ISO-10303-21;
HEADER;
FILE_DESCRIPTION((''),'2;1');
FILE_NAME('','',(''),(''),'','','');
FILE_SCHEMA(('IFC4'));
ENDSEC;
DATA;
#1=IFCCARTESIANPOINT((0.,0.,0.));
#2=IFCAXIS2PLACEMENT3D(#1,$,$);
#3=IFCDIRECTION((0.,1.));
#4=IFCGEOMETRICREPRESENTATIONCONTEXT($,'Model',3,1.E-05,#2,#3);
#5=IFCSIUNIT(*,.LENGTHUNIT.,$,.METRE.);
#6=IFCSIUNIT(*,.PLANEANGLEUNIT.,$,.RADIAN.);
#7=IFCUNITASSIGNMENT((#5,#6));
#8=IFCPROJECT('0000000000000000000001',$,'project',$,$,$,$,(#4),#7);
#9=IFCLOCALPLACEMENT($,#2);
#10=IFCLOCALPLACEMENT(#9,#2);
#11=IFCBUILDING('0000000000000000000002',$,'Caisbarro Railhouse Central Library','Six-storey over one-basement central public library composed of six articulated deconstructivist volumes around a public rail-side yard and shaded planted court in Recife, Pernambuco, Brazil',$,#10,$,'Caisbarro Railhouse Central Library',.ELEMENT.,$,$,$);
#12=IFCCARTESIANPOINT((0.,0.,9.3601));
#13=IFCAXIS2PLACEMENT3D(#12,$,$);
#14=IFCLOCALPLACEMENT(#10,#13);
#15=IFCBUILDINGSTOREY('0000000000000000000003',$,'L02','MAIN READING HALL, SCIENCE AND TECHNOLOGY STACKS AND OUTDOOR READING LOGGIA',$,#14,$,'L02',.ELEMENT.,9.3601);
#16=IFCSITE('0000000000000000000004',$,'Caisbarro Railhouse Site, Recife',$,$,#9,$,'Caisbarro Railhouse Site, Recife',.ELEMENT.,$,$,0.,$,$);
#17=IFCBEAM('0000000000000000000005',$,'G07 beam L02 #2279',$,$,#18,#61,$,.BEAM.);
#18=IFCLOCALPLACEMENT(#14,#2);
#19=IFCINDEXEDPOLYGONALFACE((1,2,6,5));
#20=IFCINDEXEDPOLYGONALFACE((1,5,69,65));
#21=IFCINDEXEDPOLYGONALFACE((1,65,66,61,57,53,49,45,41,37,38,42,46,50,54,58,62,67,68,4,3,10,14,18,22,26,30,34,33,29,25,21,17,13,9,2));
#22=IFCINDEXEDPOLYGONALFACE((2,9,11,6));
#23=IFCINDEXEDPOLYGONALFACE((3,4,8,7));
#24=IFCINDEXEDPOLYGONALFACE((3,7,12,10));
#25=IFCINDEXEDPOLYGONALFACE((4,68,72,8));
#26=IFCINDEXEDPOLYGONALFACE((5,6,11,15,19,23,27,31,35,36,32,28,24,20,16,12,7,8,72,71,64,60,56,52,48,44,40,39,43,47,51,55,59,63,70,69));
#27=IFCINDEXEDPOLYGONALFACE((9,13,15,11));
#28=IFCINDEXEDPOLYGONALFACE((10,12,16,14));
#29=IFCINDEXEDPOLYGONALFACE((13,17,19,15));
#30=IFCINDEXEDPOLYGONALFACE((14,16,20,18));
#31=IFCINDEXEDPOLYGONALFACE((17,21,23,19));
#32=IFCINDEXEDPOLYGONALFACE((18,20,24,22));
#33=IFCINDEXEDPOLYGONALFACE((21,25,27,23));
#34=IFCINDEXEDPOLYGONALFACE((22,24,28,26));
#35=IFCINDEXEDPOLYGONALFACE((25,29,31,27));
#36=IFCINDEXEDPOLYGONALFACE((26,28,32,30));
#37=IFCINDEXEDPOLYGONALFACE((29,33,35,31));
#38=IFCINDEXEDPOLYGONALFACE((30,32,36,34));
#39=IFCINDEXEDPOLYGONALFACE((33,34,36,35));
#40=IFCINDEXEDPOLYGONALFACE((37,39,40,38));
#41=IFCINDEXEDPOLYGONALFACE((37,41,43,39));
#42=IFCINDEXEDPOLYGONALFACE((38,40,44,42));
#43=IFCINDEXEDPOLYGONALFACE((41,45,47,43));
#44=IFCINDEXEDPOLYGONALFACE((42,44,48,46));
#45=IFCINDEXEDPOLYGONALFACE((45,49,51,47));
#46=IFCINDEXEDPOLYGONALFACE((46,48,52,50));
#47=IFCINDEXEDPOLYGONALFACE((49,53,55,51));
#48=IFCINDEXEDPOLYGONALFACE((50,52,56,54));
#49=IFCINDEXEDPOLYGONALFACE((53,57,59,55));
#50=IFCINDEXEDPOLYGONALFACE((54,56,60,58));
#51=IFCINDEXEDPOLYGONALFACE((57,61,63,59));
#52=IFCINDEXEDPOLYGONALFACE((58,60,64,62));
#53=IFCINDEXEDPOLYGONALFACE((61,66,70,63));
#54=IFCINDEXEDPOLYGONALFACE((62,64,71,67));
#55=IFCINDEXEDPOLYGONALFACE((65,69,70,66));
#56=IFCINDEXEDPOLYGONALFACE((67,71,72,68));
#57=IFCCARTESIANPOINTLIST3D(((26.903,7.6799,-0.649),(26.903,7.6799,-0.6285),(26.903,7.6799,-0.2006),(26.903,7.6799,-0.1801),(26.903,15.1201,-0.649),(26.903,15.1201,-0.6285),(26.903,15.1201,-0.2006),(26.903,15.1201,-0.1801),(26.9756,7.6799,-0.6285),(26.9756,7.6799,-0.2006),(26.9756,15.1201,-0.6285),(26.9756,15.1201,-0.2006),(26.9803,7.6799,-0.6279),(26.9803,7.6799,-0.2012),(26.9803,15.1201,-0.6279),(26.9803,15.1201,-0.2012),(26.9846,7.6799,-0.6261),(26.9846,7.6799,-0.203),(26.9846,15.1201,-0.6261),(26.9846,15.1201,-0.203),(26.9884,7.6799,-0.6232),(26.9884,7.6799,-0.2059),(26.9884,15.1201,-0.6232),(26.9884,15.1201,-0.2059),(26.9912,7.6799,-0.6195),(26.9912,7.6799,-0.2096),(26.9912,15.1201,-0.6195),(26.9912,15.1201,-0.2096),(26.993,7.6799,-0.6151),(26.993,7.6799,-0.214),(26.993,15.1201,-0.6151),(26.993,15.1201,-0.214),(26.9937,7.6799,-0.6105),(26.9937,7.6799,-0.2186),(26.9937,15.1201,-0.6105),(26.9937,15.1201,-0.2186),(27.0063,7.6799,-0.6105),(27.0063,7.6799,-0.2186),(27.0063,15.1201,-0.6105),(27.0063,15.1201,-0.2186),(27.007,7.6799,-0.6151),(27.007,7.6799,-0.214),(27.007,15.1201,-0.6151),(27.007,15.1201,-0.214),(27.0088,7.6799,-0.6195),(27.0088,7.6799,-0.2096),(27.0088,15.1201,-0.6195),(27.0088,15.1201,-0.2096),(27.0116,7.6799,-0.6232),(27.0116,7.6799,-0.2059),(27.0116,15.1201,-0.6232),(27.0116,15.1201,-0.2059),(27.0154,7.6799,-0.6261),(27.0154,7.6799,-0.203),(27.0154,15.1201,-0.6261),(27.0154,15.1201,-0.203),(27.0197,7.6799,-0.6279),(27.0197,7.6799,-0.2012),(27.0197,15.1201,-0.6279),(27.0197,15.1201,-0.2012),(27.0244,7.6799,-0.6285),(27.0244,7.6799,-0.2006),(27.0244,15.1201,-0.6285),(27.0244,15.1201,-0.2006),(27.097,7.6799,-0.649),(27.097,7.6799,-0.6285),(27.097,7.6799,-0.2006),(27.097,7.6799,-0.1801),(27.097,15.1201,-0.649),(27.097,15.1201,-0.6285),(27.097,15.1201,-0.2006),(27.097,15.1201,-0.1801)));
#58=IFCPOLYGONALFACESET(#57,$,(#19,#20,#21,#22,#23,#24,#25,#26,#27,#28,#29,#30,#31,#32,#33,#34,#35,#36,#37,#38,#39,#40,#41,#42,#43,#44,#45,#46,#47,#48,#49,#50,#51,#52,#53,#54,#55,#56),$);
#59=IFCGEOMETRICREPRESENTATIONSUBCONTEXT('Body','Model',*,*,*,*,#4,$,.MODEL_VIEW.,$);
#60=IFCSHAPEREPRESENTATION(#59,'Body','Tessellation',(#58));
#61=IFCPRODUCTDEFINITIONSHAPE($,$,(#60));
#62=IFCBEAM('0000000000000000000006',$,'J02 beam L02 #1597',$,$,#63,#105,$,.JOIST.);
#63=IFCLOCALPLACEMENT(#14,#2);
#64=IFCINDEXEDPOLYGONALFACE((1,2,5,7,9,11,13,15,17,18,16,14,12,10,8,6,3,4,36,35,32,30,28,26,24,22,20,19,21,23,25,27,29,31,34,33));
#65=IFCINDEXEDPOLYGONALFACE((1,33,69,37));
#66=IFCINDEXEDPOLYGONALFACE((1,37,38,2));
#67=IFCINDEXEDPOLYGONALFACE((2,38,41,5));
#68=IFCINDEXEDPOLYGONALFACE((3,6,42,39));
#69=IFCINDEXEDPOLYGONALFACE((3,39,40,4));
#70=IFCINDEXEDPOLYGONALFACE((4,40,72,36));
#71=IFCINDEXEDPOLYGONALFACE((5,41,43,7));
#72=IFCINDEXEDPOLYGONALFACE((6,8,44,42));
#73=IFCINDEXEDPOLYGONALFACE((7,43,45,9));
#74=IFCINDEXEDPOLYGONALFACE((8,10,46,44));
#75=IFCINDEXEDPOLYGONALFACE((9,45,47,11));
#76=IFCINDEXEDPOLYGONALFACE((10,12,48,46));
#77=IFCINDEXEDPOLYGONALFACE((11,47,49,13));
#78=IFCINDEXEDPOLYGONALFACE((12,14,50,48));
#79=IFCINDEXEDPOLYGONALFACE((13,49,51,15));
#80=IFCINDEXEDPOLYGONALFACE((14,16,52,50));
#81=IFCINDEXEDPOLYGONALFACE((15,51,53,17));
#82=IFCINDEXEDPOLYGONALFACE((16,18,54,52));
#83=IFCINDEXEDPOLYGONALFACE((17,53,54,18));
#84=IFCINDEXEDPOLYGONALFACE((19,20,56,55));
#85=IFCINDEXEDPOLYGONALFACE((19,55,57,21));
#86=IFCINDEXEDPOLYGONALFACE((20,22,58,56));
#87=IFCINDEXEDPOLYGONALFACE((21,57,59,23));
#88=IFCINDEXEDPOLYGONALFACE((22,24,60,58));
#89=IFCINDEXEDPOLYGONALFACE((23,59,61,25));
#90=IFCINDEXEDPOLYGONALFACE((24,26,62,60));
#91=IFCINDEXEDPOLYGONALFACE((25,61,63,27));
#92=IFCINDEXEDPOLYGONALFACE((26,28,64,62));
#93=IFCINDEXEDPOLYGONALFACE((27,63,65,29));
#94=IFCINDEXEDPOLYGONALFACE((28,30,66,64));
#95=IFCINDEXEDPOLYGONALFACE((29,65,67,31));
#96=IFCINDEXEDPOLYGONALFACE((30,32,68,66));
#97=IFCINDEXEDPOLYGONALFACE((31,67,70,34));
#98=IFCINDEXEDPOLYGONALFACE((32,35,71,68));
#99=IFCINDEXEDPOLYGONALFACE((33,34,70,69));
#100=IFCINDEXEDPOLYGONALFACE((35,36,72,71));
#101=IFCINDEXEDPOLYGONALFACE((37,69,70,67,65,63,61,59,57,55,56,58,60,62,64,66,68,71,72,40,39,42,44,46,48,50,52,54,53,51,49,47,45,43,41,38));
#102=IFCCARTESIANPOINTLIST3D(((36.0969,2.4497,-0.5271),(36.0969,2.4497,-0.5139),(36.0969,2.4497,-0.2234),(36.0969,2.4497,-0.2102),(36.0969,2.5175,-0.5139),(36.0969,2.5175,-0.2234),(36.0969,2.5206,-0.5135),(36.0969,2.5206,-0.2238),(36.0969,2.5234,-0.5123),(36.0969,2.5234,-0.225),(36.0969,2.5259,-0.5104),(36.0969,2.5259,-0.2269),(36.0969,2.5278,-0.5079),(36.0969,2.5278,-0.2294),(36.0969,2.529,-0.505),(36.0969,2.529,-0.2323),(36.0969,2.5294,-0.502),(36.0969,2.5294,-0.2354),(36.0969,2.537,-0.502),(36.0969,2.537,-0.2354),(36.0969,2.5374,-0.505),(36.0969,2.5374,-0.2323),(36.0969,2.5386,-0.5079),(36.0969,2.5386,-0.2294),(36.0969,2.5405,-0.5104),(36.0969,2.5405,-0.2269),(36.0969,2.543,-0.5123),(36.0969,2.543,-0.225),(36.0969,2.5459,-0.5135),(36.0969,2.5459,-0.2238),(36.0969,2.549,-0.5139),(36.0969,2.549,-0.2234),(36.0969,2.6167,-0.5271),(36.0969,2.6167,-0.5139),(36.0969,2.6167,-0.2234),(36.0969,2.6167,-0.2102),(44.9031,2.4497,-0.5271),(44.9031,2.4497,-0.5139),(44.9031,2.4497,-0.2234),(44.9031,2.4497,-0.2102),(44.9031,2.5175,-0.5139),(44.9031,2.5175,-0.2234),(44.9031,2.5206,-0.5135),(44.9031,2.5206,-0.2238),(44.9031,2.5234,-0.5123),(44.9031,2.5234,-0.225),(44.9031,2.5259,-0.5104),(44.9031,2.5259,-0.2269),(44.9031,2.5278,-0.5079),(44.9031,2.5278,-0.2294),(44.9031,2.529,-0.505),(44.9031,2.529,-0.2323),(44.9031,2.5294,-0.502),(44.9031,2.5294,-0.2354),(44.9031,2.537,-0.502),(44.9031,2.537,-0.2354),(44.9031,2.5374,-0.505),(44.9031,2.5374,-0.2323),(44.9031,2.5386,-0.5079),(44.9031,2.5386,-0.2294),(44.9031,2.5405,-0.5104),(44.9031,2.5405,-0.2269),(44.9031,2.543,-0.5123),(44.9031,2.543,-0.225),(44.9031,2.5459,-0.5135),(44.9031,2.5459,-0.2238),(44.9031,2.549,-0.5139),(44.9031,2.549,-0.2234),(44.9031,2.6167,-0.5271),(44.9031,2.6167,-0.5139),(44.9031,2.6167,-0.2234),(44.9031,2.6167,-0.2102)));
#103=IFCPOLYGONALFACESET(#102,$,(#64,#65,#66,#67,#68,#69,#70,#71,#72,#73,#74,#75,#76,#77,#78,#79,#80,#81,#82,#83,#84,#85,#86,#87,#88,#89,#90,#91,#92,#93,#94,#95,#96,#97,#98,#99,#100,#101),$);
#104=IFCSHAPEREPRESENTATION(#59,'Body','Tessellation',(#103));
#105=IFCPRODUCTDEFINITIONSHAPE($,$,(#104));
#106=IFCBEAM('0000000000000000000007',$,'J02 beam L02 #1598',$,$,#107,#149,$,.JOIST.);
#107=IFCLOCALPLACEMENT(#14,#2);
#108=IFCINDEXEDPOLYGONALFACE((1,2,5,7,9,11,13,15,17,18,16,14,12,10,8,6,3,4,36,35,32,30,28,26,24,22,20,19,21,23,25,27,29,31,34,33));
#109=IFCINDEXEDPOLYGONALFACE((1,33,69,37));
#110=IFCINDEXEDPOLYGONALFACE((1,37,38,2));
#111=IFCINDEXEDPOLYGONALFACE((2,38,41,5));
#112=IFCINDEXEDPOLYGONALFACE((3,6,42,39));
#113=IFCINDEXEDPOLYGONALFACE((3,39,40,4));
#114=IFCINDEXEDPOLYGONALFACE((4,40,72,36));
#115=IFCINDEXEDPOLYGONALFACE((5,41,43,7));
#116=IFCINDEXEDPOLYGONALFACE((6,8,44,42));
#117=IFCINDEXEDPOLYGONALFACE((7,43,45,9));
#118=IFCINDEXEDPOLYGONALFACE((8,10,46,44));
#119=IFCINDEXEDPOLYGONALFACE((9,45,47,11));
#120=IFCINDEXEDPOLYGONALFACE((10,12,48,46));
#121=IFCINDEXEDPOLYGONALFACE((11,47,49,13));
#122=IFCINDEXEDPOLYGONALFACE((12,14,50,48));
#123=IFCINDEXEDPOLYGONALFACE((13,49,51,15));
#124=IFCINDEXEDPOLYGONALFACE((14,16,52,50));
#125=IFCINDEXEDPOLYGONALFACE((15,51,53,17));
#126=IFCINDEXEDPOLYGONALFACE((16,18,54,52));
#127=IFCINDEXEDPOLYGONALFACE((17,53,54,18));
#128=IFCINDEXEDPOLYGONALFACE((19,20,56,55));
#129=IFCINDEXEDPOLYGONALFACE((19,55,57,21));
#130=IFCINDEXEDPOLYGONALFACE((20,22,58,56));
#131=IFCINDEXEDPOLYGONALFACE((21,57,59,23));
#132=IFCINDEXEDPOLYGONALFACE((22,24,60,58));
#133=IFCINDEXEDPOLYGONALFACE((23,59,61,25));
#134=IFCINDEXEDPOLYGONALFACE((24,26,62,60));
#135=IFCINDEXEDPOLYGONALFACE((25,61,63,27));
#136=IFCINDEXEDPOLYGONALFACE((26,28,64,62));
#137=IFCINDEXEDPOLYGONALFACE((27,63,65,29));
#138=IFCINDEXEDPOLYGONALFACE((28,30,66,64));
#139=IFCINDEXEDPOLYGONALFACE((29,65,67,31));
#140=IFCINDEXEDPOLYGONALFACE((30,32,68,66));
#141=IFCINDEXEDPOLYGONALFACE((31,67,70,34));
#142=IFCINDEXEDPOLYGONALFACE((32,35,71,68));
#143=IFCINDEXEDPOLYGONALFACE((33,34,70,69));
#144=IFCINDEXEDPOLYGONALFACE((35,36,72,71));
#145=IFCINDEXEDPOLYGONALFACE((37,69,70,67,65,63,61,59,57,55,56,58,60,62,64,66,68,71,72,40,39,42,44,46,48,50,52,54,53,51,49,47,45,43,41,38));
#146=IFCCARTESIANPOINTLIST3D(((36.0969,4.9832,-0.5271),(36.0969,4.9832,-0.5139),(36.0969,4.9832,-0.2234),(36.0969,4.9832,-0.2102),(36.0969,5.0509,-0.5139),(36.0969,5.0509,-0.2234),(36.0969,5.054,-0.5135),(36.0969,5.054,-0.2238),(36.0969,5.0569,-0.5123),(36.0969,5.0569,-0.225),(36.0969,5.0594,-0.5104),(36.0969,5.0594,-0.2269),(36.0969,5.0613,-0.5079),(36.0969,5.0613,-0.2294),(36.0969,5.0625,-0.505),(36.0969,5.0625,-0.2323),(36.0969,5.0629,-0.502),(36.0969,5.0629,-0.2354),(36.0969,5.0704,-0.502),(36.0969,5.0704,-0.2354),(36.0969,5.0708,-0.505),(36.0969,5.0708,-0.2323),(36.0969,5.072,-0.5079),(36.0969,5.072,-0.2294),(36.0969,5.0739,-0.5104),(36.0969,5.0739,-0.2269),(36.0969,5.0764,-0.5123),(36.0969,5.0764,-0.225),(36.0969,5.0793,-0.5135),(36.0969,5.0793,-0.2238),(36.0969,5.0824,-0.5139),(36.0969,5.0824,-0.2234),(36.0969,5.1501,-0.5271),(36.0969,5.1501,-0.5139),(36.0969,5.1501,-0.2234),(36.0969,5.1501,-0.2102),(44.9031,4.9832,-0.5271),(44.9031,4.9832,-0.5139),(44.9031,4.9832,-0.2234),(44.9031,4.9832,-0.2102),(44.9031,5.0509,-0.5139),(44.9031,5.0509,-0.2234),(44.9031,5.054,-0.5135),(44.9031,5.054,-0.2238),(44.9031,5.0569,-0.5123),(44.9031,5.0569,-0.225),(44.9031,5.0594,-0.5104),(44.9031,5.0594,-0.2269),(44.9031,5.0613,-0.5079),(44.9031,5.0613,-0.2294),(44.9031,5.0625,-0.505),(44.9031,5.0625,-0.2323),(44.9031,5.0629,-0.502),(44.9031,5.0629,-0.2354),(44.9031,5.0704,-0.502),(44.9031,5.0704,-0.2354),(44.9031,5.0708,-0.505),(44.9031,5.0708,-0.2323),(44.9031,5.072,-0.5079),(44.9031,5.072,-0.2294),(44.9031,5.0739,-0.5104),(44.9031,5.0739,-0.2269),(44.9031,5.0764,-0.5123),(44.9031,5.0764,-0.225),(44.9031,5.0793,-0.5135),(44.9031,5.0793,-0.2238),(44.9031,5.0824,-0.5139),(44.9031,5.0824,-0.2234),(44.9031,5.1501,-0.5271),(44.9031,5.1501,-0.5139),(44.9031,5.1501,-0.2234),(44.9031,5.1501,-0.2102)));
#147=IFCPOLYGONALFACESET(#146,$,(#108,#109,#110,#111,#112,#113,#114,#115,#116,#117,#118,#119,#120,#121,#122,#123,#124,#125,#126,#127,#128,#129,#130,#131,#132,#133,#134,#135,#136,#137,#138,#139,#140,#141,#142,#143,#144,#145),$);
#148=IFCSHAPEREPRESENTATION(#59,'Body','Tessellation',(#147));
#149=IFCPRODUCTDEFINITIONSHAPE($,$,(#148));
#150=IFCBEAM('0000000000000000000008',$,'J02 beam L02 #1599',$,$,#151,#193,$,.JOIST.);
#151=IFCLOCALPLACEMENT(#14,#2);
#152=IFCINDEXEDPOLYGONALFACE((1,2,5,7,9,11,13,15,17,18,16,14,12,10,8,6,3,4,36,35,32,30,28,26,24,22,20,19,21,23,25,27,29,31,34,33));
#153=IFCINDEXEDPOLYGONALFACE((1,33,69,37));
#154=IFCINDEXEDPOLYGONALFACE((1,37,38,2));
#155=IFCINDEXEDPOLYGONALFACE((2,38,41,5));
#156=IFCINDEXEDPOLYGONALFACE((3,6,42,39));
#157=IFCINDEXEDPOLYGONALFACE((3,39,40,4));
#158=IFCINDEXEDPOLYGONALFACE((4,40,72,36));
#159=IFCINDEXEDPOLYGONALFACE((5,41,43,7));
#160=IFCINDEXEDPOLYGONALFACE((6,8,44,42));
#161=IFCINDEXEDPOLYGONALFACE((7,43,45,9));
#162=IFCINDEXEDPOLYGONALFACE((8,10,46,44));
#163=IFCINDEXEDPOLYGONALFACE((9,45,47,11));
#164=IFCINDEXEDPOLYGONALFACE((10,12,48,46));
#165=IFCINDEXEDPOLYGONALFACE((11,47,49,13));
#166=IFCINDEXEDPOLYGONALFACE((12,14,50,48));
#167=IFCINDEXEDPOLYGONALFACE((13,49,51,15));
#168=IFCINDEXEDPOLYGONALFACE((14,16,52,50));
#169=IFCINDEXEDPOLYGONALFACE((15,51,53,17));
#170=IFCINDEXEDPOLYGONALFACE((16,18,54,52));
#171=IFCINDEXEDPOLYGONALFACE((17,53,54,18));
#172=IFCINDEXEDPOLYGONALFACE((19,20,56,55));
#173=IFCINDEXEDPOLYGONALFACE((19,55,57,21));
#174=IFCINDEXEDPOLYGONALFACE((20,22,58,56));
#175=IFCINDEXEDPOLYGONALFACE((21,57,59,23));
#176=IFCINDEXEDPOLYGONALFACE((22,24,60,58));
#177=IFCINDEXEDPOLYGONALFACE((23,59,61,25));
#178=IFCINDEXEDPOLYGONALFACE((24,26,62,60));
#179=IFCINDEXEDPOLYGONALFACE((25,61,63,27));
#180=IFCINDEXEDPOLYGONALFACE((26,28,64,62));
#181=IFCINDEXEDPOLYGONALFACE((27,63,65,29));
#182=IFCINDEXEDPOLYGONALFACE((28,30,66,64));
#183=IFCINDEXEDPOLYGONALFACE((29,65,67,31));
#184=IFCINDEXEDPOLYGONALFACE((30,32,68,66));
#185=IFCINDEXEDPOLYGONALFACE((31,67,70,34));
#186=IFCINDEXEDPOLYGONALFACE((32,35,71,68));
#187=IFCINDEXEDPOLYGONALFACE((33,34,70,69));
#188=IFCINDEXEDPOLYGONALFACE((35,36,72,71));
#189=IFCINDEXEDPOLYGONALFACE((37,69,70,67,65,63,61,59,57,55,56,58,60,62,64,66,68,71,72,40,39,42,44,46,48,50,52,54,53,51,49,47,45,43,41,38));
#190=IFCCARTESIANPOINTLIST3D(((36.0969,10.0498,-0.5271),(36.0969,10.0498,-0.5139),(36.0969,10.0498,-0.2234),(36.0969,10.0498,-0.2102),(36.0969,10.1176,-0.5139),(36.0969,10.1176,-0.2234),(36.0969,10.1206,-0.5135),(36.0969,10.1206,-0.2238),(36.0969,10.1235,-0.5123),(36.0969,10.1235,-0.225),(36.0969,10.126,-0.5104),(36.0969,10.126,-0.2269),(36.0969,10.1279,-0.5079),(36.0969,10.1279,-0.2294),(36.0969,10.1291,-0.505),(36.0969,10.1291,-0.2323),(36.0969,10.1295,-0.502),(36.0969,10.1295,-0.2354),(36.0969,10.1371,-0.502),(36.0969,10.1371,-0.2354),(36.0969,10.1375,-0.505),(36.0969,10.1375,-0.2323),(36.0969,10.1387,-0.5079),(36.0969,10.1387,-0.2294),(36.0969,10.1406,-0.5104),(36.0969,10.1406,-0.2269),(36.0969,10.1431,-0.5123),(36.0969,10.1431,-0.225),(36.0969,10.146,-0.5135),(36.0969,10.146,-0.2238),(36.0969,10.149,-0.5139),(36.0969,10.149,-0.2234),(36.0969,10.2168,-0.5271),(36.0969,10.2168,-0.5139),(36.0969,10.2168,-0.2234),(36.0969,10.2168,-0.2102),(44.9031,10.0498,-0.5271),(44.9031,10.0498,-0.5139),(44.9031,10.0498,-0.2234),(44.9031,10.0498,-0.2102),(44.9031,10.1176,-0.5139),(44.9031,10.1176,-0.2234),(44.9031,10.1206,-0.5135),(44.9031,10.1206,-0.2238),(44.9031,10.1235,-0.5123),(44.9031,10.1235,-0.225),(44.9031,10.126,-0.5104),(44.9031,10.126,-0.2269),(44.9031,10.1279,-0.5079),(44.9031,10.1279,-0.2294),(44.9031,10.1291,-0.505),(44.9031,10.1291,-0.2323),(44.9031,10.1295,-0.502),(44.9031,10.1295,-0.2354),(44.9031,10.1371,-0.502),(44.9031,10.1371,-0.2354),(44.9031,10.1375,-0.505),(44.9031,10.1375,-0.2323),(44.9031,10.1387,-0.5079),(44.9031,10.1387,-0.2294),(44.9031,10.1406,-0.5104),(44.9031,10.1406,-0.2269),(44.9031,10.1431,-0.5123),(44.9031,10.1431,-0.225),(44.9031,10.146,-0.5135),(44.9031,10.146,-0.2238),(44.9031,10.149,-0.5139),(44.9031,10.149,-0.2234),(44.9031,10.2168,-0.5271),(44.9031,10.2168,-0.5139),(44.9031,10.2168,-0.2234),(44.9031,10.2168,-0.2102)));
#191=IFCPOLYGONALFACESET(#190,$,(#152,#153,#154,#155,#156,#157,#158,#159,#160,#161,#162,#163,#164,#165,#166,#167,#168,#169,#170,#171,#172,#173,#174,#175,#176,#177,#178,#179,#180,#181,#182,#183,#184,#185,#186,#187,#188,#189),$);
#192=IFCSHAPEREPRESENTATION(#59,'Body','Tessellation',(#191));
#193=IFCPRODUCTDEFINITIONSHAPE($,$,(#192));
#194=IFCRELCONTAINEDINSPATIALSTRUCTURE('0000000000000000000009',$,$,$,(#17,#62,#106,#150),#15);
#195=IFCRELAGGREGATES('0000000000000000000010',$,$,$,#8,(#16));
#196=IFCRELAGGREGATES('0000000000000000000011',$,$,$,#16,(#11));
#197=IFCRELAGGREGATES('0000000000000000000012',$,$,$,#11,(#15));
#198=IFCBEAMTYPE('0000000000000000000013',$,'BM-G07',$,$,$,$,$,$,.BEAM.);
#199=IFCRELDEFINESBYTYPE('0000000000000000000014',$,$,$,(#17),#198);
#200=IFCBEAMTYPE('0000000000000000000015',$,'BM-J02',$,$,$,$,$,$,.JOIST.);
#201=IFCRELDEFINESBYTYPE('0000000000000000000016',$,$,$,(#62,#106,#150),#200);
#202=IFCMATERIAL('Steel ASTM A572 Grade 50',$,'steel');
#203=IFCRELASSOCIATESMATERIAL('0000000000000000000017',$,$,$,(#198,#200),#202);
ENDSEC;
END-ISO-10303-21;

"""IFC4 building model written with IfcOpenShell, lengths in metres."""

from ifc_helpers import new_model, si_unit, direction, frame, origin, origin_2d, place, context, subcontext, project, spatial, i_section, extrude, material, material_profile, profile_set, type_object, element, save


model = new_model("IFC4")

# Units and contexts
model_context = context("Model", 3, precision=1e-05, world=origin(), true_north=direction((0.0, 1.0)))
body_context = subcontext(model_context, "Body", "Model", "MODEL_VIEW")
ifc_project = project(units=[si_unit("LENGTHUNIT", "METRE"), si_unit("PLANEANGLEUNIT", "RADIAN")], contexts=[model_context])

# Site, building, storey
site_placement = place(None, origin())
site = spatial("IfcSite", under=ifc_project, at=site_placement, Name="Caisbarro Railhouse Site, Recife", LongName="Caisbarro Railhouse Site, Recife", CompositionType="ELEMENT", RefElevation=0.0)
building_placement = place(site_placement, origin())
building = spatial("IfcBuilding", under=site, at=building_placement, Name="Caisbarro Railhouse Central Library", Description="Six-storey over one-basement central public library composed of six articulated deconstructivist volumes around a public rail-side yard and shaded planted court in Recife, Pernambuco, Brazil", LongName="Caisbarro Railhouse Central Library", CompositionType="ELEMENT")
storey_placement = place(building_placement, frame((0.0, 0.0, 9.3601)))
storey = spatial("IfcBuildingStorey", under=building, at=storey_placement, Name="L02", Description="MAIN READING HALL, SCIENCE AND TECHNOLOGY STACKS AND OUTDOOR READING LOGGIA", LongName="L02", CompositionType="ELEMENT", Elevation=9.3601)

# Beams
ifc_material_1 = material(Name="Steel ASTM A572 Grade 50", Category="steel")
ifc_material_profile_1 = material_profile(ifc_material_1, i_section(OverallWidth=0.1941, OverallDepth=0.469, WebThickness=0.0127, FlangeThickness=0.0205, FilletRadius=0.0181, at=origin_2d()), Name="W460X106.0")
ifc_profile_set_1 = profile_set([ifc_material_profile_1], Name="Steel ASTM A572 Grade 50")
beam_type_1 = type_object("IfcBeamType", Name="BM-G07", PredefinedType="BEAM", material=ifc_profile_set_1)
beam_1_placement = place(storey_placement, frame((27.0, 7.6799, -0.4146), z_axis=(0.0, 1.0, 0.0), x_axis=(-1.0, 0.0, 0.0)))
element("IfcBeam", 1, at=beam_1_placement, inside=storey, type_object=beam_type_1, Name="G07 beam L02 #2279", PredefinedType="BEAM", context=body_context, shape_type="SweptSolid", body=[
    extrude(i_section(OverallWidth=0.1941, OverallDepth=0.469, WebThickness=0.0127, FlangeThickness=0.0205, FilletRadius=0.0181, at=origin_2d()), origin(), (0.0, 0.0, 1.0), 7.4402),
])
ifc_material_profile_2 = material_profile(ifc_material_1, i_section(OverallWidth=0.167, OverallDepth=0.3169, WebThickness=0.0076, FlangeThickness=0.0132, FilletRadius=0.012, at=origin_2d()), Name="W310X52.0")
ifc_profile_set_2 = profile_set([ifc_material_profile_2], Name="Steel ASTM A572 Grade 50")
beam_type_2 = type_object("IfcBeamType", Name="BM-J02", PredefinedType="JOIST", material=ifc_profile_set_2)
for number, where, z_axis, x_axis, name in (
    (2, (36.0969, 2.5332, -0.3687), (1.0, 0.0, 0.0), (0.0, 1.0, 0.0), "J02 beam L02 #1597"),
    (3, (36.0969, 5.0667, -0.3687), (1.0, 0.0, 0.0), (0.0, 1.0, 0.0), "J02 beam L02 #1598"),
    (4, (36.0969, 10.1333, -0.3687), (1.0, 0.0, 0.0), (0.0, 1.0, 0.0), "J02 beam L02 #1599"),
):
    element("IfcBeam", number, at=place(storey_placement, frame(where, z_axis=z_axis, x_axis=x_axis)), inside=storey, type_object=beam_type_2, Name=name, PredefinedType="JOIST", context=body_context, shape_type="SweptSolid", body=[
        extrude(i_section(OverallWidth=0.167, OverallDepth=0.3169, WebThickness=0.0076, FlangeThickness=0.0132, FilletRadius=0.012, at=origin_2d()), origin(), (0.0, 0.0, 1.0), 8.8062),
    ])

save(model, "model.ifc")
